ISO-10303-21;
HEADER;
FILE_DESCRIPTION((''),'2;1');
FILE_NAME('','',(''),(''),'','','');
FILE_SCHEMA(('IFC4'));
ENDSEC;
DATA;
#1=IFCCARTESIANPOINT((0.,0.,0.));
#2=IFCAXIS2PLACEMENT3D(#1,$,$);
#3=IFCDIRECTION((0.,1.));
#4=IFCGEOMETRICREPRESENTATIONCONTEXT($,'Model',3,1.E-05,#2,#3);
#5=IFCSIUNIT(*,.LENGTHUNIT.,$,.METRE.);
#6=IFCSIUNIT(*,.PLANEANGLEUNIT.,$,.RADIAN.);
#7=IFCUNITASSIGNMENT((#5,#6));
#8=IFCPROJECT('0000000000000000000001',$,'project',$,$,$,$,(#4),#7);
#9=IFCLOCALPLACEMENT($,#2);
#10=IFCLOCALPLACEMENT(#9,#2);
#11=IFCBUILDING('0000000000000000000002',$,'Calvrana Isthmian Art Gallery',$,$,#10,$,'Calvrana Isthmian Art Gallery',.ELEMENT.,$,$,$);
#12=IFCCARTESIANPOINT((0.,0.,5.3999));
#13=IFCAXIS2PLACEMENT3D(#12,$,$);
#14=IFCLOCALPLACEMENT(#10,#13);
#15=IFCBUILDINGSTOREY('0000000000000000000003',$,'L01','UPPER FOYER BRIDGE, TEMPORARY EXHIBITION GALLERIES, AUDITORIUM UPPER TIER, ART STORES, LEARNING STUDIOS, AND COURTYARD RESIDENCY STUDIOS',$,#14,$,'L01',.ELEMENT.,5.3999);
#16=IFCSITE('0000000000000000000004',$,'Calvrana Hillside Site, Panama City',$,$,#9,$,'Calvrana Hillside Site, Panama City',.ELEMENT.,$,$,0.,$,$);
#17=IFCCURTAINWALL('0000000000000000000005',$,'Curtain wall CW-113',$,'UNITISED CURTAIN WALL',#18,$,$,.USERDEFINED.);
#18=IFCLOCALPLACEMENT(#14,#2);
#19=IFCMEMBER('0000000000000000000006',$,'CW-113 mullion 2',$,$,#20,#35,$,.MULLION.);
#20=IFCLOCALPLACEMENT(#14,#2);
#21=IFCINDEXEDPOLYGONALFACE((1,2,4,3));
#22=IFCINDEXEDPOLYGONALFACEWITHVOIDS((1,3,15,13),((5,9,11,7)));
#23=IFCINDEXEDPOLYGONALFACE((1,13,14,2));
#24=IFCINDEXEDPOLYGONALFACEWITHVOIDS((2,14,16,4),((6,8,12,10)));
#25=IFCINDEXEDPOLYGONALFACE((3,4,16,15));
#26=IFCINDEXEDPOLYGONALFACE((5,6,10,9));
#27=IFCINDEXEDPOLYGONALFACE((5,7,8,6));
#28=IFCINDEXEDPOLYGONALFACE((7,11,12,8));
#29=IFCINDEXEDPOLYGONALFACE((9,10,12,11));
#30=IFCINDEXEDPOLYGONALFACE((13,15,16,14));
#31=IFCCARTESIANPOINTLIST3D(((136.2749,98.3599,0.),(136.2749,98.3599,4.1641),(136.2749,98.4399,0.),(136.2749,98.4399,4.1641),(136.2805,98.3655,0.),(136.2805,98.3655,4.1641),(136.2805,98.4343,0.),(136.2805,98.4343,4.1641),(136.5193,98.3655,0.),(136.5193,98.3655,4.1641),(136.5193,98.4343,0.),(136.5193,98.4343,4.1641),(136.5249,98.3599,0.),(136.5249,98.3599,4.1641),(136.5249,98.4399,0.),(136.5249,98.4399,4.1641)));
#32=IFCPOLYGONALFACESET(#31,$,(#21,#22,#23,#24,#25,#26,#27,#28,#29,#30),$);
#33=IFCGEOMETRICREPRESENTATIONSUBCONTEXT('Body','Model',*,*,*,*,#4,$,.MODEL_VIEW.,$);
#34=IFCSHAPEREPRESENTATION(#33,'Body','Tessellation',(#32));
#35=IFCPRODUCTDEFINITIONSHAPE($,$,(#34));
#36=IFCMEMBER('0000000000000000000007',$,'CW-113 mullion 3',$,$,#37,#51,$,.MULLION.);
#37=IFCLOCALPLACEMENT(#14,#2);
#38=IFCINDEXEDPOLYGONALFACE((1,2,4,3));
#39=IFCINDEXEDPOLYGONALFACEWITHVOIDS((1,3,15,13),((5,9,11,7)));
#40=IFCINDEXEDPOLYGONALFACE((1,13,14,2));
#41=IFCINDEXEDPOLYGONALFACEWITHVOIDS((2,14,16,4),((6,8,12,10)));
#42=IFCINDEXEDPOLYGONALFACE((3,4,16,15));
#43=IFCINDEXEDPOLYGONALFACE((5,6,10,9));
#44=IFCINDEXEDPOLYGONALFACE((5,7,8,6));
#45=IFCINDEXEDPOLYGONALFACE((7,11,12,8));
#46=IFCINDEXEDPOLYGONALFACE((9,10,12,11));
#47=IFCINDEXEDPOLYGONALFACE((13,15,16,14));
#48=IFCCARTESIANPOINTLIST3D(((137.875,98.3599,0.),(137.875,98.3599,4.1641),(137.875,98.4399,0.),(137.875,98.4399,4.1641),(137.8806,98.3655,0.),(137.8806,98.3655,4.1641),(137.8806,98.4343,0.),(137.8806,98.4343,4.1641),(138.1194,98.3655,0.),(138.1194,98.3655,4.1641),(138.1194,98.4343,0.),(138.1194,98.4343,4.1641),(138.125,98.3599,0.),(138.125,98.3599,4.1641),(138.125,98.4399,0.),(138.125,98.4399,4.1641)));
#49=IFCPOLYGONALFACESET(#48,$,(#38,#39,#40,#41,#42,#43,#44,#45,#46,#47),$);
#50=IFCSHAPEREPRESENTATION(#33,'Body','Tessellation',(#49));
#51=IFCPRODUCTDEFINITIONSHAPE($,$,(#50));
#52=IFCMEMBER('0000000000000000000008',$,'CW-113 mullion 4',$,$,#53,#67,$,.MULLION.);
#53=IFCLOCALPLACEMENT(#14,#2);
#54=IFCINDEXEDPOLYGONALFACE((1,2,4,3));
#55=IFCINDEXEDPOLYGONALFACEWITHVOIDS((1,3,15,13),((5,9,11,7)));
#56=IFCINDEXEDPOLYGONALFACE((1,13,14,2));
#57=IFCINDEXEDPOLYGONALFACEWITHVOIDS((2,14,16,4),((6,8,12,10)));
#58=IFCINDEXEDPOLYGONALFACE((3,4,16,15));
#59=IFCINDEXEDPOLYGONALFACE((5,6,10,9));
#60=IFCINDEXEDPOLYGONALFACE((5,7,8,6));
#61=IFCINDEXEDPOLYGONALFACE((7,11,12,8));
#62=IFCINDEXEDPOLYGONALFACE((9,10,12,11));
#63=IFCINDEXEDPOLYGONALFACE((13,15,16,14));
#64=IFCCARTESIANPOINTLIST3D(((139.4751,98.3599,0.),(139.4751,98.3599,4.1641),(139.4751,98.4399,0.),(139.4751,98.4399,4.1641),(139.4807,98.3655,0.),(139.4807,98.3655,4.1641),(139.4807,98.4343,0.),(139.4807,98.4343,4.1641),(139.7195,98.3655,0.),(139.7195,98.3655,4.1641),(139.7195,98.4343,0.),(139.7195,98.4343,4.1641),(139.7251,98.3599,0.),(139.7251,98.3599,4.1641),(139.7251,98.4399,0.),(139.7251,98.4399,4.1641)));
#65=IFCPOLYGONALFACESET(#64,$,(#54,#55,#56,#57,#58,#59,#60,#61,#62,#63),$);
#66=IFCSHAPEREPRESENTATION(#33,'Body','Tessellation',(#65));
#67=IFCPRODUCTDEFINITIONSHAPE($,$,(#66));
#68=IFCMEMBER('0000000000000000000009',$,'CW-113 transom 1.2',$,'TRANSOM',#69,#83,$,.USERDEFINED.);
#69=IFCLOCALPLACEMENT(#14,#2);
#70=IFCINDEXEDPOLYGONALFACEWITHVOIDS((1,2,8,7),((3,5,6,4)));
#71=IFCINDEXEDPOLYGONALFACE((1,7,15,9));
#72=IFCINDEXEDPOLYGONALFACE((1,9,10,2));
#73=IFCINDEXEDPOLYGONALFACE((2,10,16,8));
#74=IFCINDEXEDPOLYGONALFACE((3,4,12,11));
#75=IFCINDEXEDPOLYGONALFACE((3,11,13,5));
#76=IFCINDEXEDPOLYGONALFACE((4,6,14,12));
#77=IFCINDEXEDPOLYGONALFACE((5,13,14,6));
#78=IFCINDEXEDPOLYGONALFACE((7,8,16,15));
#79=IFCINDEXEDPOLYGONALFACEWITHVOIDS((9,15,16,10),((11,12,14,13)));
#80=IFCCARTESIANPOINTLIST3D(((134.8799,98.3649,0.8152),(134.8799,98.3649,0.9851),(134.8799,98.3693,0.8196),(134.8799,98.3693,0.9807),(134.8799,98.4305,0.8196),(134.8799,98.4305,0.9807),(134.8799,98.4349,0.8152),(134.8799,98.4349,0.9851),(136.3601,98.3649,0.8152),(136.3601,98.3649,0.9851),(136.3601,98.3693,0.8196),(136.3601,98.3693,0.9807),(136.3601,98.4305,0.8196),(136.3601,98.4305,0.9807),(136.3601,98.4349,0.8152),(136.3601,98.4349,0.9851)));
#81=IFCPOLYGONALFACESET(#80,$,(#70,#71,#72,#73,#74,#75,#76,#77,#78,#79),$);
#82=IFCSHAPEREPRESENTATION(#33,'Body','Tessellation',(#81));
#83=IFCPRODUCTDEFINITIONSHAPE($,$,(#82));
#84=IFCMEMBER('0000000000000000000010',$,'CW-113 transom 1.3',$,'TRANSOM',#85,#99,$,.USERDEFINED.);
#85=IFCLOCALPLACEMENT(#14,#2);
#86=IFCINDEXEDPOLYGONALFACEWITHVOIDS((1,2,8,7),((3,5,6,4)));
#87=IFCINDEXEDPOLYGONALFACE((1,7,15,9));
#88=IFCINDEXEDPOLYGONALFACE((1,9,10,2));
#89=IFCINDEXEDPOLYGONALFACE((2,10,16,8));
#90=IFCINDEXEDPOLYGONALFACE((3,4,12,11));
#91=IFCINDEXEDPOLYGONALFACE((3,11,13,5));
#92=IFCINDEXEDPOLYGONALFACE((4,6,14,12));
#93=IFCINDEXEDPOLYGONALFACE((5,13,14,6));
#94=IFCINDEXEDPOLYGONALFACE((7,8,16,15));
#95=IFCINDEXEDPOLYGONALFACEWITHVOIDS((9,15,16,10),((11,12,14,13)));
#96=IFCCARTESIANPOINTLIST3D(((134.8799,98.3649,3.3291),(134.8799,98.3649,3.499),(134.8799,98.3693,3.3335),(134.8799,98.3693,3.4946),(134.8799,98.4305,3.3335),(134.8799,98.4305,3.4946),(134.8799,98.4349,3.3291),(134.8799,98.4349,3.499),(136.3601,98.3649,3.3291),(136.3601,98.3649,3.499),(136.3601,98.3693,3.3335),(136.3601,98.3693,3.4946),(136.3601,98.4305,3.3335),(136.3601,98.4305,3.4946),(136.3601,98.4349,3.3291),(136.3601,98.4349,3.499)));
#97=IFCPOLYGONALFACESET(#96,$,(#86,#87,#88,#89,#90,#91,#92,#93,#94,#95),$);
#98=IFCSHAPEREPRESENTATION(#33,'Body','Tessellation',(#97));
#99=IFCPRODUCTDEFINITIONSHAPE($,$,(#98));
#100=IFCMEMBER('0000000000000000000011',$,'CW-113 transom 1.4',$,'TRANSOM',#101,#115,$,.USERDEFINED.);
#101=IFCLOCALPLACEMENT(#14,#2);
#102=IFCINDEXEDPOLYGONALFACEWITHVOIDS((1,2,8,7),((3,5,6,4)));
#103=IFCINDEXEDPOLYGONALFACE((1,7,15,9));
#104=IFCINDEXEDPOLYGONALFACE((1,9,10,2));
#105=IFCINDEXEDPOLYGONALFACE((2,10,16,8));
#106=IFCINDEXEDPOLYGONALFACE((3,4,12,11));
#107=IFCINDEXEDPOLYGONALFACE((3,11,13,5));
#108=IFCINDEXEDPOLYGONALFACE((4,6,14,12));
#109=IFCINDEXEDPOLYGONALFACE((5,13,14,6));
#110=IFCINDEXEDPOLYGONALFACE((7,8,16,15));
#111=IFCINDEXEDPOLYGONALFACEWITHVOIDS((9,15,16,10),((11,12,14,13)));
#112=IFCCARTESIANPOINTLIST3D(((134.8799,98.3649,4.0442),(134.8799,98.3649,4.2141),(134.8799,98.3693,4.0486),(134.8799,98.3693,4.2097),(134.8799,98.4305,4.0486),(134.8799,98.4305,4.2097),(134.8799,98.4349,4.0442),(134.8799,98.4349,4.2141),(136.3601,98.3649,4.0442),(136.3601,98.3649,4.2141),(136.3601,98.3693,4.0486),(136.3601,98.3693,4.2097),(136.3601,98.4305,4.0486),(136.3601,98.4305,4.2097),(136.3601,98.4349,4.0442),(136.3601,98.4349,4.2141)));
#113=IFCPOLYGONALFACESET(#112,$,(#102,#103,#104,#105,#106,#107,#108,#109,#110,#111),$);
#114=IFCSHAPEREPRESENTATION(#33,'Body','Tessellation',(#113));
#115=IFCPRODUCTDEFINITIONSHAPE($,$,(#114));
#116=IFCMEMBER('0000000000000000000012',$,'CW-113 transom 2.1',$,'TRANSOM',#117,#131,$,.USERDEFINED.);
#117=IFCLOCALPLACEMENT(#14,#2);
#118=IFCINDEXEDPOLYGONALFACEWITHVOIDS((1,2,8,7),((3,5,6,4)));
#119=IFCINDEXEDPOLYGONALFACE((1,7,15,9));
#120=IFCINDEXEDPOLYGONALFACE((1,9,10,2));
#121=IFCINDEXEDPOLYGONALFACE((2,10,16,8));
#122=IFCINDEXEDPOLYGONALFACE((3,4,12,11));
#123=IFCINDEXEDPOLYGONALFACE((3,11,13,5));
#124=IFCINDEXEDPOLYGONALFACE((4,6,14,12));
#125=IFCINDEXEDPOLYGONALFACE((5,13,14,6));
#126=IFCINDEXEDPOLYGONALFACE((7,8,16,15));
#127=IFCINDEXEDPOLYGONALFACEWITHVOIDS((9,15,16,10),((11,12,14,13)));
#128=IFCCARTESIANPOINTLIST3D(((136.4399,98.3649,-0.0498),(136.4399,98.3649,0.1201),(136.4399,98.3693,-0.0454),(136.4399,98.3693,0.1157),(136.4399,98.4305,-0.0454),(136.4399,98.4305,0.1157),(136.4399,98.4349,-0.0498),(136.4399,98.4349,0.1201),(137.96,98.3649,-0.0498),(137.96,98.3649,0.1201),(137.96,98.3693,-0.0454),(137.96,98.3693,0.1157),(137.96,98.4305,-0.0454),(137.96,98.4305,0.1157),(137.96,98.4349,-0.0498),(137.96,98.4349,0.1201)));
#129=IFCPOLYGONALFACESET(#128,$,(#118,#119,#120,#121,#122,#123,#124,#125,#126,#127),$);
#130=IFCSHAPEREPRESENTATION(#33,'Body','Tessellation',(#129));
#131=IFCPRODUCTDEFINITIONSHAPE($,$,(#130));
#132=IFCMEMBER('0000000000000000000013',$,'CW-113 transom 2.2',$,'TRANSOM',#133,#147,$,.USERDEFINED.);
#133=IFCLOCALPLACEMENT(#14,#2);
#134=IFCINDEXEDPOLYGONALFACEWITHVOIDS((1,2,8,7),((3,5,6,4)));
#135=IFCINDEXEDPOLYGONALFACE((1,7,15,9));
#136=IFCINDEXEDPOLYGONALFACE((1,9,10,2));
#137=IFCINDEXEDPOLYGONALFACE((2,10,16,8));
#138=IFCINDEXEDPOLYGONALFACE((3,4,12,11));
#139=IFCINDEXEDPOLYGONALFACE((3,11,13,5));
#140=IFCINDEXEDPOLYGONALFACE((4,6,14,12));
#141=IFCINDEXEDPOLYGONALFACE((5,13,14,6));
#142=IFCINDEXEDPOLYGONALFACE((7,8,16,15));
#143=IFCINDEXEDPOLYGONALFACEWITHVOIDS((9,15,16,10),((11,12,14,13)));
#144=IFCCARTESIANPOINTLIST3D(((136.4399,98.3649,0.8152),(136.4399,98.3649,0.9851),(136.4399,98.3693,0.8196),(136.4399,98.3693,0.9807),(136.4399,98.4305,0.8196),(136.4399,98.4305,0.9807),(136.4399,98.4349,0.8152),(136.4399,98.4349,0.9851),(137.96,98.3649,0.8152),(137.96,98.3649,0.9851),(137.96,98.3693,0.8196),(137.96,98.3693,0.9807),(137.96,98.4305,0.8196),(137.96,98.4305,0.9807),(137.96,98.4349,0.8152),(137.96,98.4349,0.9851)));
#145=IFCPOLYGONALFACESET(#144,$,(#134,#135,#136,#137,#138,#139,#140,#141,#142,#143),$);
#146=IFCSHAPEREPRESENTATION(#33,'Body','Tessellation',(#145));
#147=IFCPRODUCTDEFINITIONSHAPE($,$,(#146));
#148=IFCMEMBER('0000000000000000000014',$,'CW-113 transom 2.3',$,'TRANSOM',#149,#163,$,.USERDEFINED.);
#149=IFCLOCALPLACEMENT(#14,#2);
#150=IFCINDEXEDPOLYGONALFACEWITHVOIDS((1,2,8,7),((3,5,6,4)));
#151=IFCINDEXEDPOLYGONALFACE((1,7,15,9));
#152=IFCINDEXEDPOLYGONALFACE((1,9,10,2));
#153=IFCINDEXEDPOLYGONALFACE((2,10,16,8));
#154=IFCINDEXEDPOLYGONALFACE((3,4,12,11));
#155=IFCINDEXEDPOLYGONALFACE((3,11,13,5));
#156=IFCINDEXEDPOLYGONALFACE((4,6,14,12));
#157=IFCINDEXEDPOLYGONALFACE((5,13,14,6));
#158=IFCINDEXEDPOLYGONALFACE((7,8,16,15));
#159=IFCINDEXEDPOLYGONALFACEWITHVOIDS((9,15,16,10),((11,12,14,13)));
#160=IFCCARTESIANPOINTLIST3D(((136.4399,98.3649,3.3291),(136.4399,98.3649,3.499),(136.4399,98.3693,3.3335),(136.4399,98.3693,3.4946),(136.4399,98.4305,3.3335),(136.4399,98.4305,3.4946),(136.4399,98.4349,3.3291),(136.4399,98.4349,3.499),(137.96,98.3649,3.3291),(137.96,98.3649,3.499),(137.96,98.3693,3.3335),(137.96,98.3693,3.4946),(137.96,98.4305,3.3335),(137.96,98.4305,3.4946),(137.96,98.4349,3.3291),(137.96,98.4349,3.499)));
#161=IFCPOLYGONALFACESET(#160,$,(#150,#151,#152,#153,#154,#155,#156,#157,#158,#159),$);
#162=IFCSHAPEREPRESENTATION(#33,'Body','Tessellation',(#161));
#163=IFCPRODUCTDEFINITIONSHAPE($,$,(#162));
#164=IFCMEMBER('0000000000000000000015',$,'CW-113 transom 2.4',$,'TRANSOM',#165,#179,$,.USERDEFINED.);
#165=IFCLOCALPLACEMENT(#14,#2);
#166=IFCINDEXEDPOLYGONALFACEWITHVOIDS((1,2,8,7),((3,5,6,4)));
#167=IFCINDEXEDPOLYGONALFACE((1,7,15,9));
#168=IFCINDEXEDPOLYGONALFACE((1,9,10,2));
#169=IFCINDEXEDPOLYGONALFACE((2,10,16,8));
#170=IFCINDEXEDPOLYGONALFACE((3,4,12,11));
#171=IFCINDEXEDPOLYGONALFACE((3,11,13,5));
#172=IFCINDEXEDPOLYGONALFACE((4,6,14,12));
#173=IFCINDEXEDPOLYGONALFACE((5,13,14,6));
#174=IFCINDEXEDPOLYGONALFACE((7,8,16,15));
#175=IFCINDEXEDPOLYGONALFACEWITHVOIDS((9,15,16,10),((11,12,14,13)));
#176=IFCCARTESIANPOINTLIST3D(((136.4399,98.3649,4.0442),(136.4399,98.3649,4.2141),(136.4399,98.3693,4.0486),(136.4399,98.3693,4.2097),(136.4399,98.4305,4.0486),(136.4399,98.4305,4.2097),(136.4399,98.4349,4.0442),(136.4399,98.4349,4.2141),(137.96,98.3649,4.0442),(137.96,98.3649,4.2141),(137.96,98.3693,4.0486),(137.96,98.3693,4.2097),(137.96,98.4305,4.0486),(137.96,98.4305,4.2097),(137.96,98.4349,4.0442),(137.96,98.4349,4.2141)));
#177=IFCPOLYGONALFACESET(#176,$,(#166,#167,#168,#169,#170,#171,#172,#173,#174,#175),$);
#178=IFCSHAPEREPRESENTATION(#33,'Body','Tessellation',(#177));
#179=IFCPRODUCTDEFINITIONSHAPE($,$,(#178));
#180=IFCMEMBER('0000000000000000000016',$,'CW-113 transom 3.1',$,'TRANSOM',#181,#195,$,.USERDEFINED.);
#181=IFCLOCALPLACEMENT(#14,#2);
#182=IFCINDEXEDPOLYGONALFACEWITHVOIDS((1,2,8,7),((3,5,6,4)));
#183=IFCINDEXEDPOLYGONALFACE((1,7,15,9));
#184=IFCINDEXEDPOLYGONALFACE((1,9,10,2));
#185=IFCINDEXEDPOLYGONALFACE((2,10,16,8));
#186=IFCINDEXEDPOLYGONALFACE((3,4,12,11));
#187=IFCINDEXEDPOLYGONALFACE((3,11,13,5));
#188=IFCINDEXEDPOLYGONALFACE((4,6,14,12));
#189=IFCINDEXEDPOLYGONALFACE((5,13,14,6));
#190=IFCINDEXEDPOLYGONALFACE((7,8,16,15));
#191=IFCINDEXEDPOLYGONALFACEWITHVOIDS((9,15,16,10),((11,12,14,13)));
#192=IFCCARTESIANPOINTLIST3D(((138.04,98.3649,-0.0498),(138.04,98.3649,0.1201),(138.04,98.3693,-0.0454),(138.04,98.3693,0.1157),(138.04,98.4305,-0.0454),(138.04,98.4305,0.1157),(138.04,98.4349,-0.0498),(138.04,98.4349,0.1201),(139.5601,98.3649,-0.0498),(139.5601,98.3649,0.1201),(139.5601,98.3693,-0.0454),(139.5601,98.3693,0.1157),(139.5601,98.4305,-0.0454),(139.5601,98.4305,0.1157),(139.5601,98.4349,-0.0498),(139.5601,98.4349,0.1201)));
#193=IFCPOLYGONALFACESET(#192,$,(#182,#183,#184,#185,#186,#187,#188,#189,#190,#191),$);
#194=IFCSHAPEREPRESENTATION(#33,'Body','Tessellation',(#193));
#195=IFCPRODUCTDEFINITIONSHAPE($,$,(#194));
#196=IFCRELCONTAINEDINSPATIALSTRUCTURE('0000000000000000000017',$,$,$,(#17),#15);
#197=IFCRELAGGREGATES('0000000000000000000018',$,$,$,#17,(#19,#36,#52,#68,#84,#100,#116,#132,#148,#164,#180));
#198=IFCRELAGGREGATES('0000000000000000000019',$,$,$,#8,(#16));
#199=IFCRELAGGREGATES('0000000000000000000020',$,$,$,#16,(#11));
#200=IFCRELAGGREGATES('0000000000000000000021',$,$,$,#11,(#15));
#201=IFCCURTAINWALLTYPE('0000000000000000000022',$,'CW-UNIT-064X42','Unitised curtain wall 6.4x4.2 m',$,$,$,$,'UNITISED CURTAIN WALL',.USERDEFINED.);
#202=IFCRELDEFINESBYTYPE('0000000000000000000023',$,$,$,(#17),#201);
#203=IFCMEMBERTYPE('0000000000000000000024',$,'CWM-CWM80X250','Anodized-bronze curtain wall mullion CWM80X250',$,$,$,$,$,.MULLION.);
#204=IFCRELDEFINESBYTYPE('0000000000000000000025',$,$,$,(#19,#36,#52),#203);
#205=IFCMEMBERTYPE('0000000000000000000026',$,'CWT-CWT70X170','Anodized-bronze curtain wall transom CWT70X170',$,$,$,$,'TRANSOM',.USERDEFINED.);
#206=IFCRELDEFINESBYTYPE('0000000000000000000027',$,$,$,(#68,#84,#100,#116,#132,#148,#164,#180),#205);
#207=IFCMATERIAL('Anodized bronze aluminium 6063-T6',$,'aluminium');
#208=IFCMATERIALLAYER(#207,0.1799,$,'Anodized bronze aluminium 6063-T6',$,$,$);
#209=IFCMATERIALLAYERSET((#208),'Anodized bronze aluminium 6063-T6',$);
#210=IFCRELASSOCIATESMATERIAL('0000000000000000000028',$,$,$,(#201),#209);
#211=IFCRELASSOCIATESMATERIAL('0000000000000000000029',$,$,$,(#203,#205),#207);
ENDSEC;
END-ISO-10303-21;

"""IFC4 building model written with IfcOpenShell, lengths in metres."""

from ifc_helpers import new_model, si_unit, direction, frame, origin, origin_2d, place, context, subcontext, project, spatial, hollow_rectangle, extrude, material, layer, layer_set, material_profile, profile_set, type_object, element, aggregate, save


model = new_model("IFC4")

# Units and contexts
model_context = context("Model", 3, precision=1e-05, world=origin(), true_north=direction((0.0, 1.0)))
body_context = subcontext(model_context, "Body", "Model", "MODEL_VIEW")
ifc_project = project(units=[si_unit("LENGTHUNIT", "METRE"), si_unit("PLANEANGLEUNIT", "RADIAN")], contexts=[model_context])

# Site, building, storey
site_placement = place(None, origin())
site = spatial("IfcSite", under=ifc_project, at=site_placement, Name="Calvrana Hillside Site, Panama City", LongName="Calvrana Hillside Site, Panama City", CompositionType="ELEMENT", RefElevation=0.0)
building_placement = place(site_placement, origin())
building = spatial("IfcBuilding", under=site, at=building_placement, Name="Calvrana Isthmian Art Gallery", LongName="Calvrana Isthmian Art Gallery", CompositionType="ELEMENT")
storey_placement = place(building_placement, frame((0.0, 0.0, 5.3999)))
storey = spatial("IfcBuildingStorey", under=building, at=storey_placement, Name="L01", Description="UPPER FOYER BRIDGE, TEMPORARY EXHIBITION GALLERIES, AUDITORIUM UPPER TIER, ART STORES, LEARNING STUDIOS, AND COURTYARD RESIDENCY STUDIOS", LongName="L01", CompositionType="ELEMENT", Elevation=5.3999)

# Curtain wall, members
ifc_material_1 = material(Name="Anodized bronze aluminium 6063-T6", Category="aluminium")
ifc_layer_1 = layer(ifc_material_1, 0.1799, Name="Anodized bronze aluminium 6063-T6")
ifc_layer_set_1 = layer_set([ifc_layer_1], Name="Anodized bronze aluminium 6063-T6")
curtain_wall_type = type_object("IfcCurtainWallType", Name="CW-UNIT-064X42", Description="Unitised curtain wall 6.4x4.2 m", ElementType="UNITISED CURTAIN WALL", PredefinedType="USERDEFINED", material=ifc_layer_set_1)
curtain_wall_placement = place(storey_placement, origin())
curtain_wall = element("IfcCurtainWall", 1, at=curtain_wall_placement, inside=storey, type_object=curtain_wall_type, Name="Curtain wall CW-113", ObjectType="UNITISED CURTAIN WALL", PredefinedType="USERDEFINED")
ifc_material_profile_1 = material_profile(ifc_material_1, hollow_rectangle(XDim=0.0801, YDim=0.25, WallThickness=0.0056, at=origin_2d()), Name="CWM80X250")
ifc_profile_set_1 = profile_set([ifc_material_profile_1], Name="Anodized bronze aluminium 6063-T6")
member_type_1 = type_object("IfcMemberType", Name="CWM-CWM80X250", Description="Anodized-bronze curtain wall mullion CWM80X250", PredefinedType="MULLION", material=ifc_profile_set_1)
member_1_placement = place(storey_placement, frame((136.3999, 98.3999, 0.0), z_axis=(0.0, 0.0, 1.0), x_axis=(0.0, 1.0, 0.0)))
member_1 = element("IfcMember", 2, at=member_1_placement, type_object=member_type_1, Name="CW-113 mullion 2", PredefinedType="MULLION", context=body_context, shape_type="SweptSolid", body=[
    extrude(hollow_rectangle(XDim=0.0801, YDim=0.25, WallThickness=0.0056, at=origin_2d()), origin(), (0.0, 0.0, 1.0), 4.1641),
])
member_2_placement = place(storey_placement, frame((138.0, 98.3999, 0.0), z_axis=(0.0, 0.0, 1.0), x_axis=(0.0, 1.0, 0.0)))
member_2 = element("IfcMember", 3, at=member_2_placement, type_object=member_type_1, Name="CW-113 mullion 3", PredefinedType="MULLION", context=body_context, shape_type="SweptSolid", body=[
    extrude(hollow_rectangle(XDim=0.0801, YDim=0.25, WallThickness=0.0056, at=origin_2d()), origin(), (0.0, 0.0, 1.0), 4.1641),
])
member_3_placement = place(storey_placement, frame((139.6001, 98.3999, 0.0), z_axis=(0.0, 0.0, 1.0), x_axis=(0.0, 1.0, 0.0)))
member_3 = element("IfcMember", 4, at=member_3_placement, type_object=member_type_1, Name="CW-113 mullion 4", PredefinedType="MULLION", context=body_context, shape_type="SweptSolid", body=[
    extrude(hollow_rectangle(XDim=0.0801, YDim=0.25, WallThickness=0.0056, at=origin_2d()), origin(), (0.0, 0.0, 1.0), 4.1641),
])
ifc_material_profile_2 = material_profile(ifc_material_1, hollow_rectangle(XDim=0.0701, YDim=0.1699, WallThickness=0.0044, at=origin_2d()), Name="CWT70X170")
ifc_profile_set_2 = profile_set([ifc_material_profile_2], Name="Anodized bronze aluminium 6063-T6")
member_type_2 = type_object("IfcMemberType", Name="CWT-CWT70X170", Description="Anodized-bronze curtain wall transom CWT70X170", ElementType="TRANSOM", PredefinedType="USERDEFINED", material=ifc_profile_set_2)
member_4_placement = place(storey_placement, frame((134.8799, 98.3999, 0.9001), z_axis=(1.0, 0.0, 0.0), x_axis=(0.0, 1.0, 0.0)))
member_4 = element("IfcMember", 5, at=member_4_placement, type_object=member_type_2, Name="CW-113 transom 1.2", ObjectType="TRANSOM", PredefinedType="USERDEFINED", context=body_context, shape_type="SweptSolid", body=[
    extrude(hollow_rectangle(XDim=0.0701, YDim=0.1699, WallThickness=0.0044, at=origin_2d()), origin(), (0.0, 0.0, 1.0), 1.4802),
])
member_5_placement = place(storey_placement, frame((134.8799, 98.3999, 3.4141), z_axis=(1.0, 0.0, 0.0), x_axis=(0.0, 1.0, 0.0)))
member_5 = element("IfcMember", 6, at=member_5_placement, type_object=member_type_2, Name="CW-113 transom 1.3", ObjectType="TRANSOM", PredefinedType="USERDEFINED", context=body_context, shape_type="SweptSolid", body=[
    extrude(hollow_rectangle(XDim=0.0701, YDim=0.1699, WallThickness=0.0044, at=origin_2d()), origin(), (0.0, 0.0, 1.0), 1.4802),
])
member_6_placement = place(storey_placement, frame((134.8799, 98.3999, 4.1292), z_axis=(1.0, 0.0, 0.0), x_axis=(0.0, 1.0, 0.0)))
member_6 = element("IfcMember", 7, at=member_6_placement, type_object=member_type_2, Name="CW-113 transom 1.4", ObjectType="TRANSOM", PredefinedType="USERDEFINED", context=body_context, shape_type="SweptSolid", body=[
    extrude(hollow_rectangle(XDim=0.0701, YDim=0.1699, WallThickness=0.0044, at=origin_2d()), origin(), (0.0, 0.0, 1.0), 1.4802),
])
member_7_placement = place(storey_placement, frame((136.4399, 98.3999, 0.0352), z_axis=(1.0, 0.0, 0.0), x_axis=(0.0, 1.0, 0.0)))
member_7 = element("IfcMember", 8, at=member_7_placement, type_object=member_type_2, Name="CW-113 transom 2.1", ObjectType="TRANSOM", PredefinedType="USERDEFINED", context=body_context, shape_type="SweptSolid", body=[
    extrude(hollow_rectangle(XDim=0.0701, YDim=0.1699, WallThickness=0.0044, at=origin_2d()), origin(), (0.0, 0.0, 1.0), 1.52),
])
member_8_placement = place(storey_placement, frame((136.4399, 98.3999, 0.9001), z_axis=(1.0, 0.0, 0.0), x_axis=(0.0, 1.0, 0.0)))
member_8 = element("IfcMember", 9, at=member_8_placement, type_object=member_type_2, Name="CW-113 transom 2.2", ObjectType="TRANSOM", PredefinedType="USERDEFINED", context=body_context, shape_type="SweptSolid", body=[
    extrude(hollow_rectangle(XDim=0.0701, YDim=0.1699, WallThickness=0.0044, at=origin_2d()), origin(), (0.0, 0.0, 1.0), 1.52),
])
member_9_placement = place(storey_placement, frame((136.4399, 98.3999, 3.4141), z_axis=(1.0, 0.0, 0.0), x_axis=(0.0, 1.0, 0.0)))
member_9 = element("IfcMember", 10, at=member_9_placement, type_object=member_type_2, Name="CW-113 transom 2.3", ObjectType="TRANSOM", PredefinedType="USERDEFINED", context=body_context, shape_type="SweptSolid", body=[
    extrude(hollow_rectangle(XDim=0.0701, YDim=0.1699, WallThickness=0.0044, at=origin_2d()), origin(), (0.0, 0.0, 1.0), 1.52),
])
member_10_placement = place(storey_placement, frame((136.4399, 98.3999, 4.1292), z_axis=(1.0, 0.0, 0.0), x_axis=(0.0, 1.0, 0.0)))
member_10 = element("IfcMember", 11, at=member_10_placement, type_object=member_type_2, Name="CW-113 transom 2.4", ObjectType="TRANSOM", PredefinedType="USERDEFINED", context=body_context, shape_type="SweptSolid", body=[
    extrude(hollow_rectangle(XDim=0.0701, YDim=0.1699, WallThickness=0.0044, at=origin_2d()), origin(), (0.0, 0.0, 1.0), 1.52),
])
member_11_placement = place(storey_placement, frame((138.04, 98.3999, 0.0352), z_axis=(1.0, 0.0, 0.0), x_axis=(0.0, 1.0, 0.0)))
member_11 = element("IfcMember", 12, at=member_11_placement, type_object=member_type_2, Name="CW-113 transom 3.1", ObjectType="TRANSOM", PredefinedType="USERDEFINED", context=body_context, shape_type="SweptSolid", body=[
    extrude(hollow_rectangle(XDim=0.0701, YDim=0.1699, WallThickness=0.0044, at=origin_2d()), origin(), (0.0, 0.0, 1.0), 1.52),
])
aggregate(curtain_wall, [member_1, member_2, member_3, member_4, member_5, member_6, member_7, member_8, member_9, member_10, member_11])

save(model, "model.ifc")
